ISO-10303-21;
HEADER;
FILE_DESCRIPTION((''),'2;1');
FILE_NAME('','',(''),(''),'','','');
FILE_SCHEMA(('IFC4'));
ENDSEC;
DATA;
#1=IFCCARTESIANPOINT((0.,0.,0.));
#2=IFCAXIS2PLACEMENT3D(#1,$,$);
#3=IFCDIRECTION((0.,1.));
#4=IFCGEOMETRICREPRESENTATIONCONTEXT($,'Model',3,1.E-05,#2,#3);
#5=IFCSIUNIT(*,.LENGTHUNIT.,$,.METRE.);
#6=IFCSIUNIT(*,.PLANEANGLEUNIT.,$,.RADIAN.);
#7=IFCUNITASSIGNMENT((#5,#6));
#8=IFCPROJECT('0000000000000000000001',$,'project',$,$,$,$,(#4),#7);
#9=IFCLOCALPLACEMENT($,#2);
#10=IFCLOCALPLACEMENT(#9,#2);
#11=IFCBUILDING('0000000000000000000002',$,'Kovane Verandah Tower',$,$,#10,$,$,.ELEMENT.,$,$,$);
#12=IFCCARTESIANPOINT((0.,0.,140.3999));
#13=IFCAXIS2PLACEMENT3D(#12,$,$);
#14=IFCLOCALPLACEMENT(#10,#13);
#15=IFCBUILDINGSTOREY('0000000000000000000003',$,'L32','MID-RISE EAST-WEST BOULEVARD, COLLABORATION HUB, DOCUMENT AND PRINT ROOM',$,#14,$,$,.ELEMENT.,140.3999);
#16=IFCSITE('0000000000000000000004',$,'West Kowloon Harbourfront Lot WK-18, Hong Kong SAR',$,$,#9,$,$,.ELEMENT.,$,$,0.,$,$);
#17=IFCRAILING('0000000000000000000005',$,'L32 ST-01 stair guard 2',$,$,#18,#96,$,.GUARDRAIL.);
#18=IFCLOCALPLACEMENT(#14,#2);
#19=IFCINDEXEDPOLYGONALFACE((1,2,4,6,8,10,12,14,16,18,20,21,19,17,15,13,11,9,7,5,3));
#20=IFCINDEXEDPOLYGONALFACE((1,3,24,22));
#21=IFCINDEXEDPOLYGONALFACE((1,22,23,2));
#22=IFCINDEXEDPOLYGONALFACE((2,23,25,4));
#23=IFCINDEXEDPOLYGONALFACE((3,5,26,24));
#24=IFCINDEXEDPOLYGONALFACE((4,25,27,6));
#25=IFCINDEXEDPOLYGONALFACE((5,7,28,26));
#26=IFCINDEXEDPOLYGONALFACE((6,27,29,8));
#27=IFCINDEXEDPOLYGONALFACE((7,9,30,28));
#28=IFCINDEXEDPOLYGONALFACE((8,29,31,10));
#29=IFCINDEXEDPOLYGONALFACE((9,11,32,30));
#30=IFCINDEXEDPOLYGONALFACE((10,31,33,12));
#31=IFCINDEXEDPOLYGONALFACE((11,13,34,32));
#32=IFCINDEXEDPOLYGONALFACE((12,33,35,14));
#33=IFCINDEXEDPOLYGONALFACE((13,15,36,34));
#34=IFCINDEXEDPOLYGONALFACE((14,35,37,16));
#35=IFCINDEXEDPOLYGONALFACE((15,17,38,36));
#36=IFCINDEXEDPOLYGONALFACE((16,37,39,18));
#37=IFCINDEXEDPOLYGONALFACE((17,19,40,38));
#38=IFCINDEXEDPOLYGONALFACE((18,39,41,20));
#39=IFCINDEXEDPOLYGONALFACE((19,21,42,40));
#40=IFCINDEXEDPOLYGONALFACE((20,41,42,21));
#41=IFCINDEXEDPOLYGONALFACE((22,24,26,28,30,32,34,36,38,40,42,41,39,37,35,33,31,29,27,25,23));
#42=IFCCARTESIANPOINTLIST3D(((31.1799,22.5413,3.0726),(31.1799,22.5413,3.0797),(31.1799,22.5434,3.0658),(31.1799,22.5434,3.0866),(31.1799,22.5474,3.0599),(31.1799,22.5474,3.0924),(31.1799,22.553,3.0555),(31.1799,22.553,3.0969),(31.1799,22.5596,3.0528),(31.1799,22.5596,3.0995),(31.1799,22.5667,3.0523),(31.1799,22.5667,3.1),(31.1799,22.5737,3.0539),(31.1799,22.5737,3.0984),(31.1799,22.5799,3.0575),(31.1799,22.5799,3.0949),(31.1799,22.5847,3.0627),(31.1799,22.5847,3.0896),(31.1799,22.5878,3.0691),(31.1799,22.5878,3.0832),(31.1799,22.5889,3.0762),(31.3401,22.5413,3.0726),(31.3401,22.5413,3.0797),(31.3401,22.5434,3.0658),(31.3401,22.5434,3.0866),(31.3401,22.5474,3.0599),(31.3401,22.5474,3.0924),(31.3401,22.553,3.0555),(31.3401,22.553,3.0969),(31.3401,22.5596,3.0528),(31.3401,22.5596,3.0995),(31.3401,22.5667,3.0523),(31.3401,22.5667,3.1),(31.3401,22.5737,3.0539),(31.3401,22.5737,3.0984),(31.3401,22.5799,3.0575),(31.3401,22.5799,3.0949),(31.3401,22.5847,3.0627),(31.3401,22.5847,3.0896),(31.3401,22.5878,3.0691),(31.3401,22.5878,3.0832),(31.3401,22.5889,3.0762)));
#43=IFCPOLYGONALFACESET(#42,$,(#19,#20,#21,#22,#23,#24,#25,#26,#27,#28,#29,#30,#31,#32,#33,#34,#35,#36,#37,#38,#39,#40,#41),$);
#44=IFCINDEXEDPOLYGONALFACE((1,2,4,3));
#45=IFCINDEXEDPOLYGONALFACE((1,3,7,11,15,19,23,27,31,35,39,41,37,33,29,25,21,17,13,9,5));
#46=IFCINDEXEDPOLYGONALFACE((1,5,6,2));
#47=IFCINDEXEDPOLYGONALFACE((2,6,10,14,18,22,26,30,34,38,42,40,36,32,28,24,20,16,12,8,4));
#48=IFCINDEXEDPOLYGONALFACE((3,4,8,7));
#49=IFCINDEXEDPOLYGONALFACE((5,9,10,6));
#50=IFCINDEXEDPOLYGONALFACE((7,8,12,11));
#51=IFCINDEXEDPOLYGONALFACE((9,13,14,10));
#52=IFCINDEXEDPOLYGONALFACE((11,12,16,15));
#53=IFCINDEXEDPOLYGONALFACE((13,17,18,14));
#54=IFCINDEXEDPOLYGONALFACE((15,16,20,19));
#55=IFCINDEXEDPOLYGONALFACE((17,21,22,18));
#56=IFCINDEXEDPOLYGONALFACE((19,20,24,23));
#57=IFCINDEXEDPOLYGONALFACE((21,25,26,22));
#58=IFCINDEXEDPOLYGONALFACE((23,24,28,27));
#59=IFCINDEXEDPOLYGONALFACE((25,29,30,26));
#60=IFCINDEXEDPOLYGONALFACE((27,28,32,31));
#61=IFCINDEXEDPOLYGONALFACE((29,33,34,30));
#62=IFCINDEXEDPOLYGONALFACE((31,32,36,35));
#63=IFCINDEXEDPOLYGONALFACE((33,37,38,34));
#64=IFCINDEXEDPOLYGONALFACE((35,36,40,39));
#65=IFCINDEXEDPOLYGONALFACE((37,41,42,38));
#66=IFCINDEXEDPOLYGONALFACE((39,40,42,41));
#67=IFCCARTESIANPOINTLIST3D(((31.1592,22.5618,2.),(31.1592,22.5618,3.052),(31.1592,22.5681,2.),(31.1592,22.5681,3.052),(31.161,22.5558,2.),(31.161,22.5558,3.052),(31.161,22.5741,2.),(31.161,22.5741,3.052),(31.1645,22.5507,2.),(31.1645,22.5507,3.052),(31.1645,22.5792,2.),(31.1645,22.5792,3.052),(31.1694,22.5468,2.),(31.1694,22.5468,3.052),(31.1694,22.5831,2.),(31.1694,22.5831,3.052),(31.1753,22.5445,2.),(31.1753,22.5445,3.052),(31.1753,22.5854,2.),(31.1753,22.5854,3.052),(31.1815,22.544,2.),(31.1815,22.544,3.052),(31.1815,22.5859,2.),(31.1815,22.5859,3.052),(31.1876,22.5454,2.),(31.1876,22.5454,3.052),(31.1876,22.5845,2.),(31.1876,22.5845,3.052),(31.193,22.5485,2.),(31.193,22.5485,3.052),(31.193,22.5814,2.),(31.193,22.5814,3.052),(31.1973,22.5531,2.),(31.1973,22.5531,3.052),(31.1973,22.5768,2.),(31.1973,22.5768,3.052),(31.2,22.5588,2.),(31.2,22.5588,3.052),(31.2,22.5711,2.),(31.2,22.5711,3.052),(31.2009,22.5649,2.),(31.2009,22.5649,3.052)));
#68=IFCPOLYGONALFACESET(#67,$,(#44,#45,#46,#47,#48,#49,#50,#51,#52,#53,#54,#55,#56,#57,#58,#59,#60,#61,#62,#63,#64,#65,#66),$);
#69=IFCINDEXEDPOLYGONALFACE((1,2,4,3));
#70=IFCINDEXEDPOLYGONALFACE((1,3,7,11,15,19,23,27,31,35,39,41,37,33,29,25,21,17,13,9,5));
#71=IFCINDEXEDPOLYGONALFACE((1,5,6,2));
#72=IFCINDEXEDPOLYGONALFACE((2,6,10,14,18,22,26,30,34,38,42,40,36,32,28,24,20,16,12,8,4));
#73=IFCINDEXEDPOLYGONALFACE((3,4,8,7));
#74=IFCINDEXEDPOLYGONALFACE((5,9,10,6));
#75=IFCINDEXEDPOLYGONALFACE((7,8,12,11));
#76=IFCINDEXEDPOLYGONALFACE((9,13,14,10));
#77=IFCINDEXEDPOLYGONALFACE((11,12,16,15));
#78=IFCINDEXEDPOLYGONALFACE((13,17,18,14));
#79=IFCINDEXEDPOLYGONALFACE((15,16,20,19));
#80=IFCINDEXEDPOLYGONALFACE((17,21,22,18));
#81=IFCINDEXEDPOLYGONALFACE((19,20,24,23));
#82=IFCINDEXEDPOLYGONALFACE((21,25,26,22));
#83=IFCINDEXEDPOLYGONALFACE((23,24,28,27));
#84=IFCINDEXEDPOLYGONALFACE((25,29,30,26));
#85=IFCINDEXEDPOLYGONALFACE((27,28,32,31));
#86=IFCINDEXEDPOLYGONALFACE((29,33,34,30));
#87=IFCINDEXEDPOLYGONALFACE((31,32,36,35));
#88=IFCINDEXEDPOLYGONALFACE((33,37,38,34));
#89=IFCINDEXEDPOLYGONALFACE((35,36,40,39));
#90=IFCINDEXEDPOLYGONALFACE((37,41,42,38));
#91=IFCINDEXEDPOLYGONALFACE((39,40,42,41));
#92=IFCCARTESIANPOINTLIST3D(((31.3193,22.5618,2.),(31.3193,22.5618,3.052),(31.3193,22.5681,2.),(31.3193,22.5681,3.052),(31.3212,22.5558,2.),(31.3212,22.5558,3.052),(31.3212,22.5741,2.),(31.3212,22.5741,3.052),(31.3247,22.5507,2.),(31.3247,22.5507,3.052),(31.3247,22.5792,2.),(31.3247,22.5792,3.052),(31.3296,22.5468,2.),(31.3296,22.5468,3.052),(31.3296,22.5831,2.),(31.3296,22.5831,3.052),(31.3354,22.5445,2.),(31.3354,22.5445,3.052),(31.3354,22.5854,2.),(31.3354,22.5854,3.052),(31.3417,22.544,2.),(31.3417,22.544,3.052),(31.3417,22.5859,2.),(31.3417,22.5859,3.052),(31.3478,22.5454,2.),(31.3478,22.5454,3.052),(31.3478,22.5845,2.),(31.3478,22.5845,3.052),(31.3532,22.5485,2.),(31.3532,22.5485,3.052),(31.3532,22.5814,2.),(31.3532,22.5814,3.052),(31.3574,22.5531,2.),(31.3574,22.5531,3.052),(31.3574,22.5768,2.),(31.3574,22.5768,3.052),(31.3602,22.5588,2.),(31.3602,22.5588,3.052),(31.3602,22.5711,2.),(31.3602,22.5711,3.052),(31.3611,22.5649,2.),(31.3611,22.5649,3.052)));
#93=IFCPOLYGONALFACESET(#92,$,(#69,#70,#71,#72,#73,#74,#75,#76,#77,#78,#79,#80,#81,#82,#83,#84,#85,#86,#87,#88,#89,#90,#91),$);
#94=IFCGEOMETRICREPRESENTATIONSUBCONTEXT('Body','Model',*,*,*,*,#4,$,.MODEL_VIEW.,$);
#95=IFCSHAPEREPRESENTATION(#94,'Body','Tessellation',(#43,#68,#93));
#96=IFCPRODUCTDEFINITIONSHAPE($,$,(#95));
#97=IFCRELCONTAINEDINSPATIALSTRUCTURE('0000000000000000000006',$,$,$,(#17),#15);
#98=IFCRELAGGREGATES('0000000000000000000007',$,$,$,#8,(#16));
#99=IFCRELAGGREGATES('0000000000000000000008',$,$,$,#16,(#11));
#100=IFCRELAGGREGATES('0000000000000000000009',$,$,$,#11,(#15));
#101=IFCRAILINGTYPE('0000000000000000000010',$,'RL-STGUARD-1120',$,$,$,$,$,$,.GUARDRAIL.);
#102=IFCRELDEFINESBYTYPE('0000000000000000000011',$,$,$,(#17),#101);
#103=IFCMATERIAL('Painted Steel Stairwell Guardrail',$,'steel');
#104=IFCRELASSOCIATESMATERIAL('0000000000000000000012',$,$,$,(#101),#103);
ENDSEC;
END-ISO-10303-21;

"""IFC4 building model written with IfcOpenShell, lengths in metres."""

from ifc_helpers import new_model, si_unit, direction, frame, origin, origin_2d, place, context, subcontext, project, spatial, circle, extrude, material, type_object, element, save


model = new_model("IFC4")

# Units and contexts
model_context = context("Model", 3, precision=1e-05, world=origin(), true_north=direction((0.0, 1.0)))
body_context = subcontext(model_context, "Body", "Model", "MODEL_VIEW")
ifc_project = project(units=[si_unit("LENGTHUNIT", "METRE"), si_unit("PLANEANGLEUNIT", "RADIAN")], contexts=[model_context])

# Site, building, storey
site_placement = place(None, origin())
site = spatial("IfcSite", under=ifc_project, at=site_placement, Name="West Kowloon Harbourfront Lot WK-18, Hong Kong SAR", CompositionType="ELEMENT", RefElevation=0.0)
building_placement = place(site_placement, origin())
building = spatial("IfcBuilding", under=site, at=building_placement, Name="Kovane Verandah Tower", CompositionType="ELEMENT")
storey_placement = place(building_placement, frame((0.0, 0.0, 140.3999)))
storey = spatial("IfcBuildingStorey", under=building, at=storey_placement, Name="L32", Description="MID-RISE EAST-WEST BOULEVARD, COLLABORATION HUB, DOCUMENT AND PRINT ROOM", CompositionType="ELEMENT", Elevation=140.3999)

# Railing
ifc_material_1 = material(Name="Painted Steel Stairwell Guardrail", Category="steel")
railing_type_1 = type_object("IfcRailingType", Name="RL-STGUARD-1120", PredefinedType="GUARDRAIL", material=ifc_material_1)
railing_1_placement = place(storey_placement, frame((31.1799, 22.5649, 2.0)))
element("IfcRailing", 1, at=railing_1_placement, inside=storey, type_object=railing_type_1, Name="L32 ST-01 stair guard 2", PredefinedType="GUARDRAIL", context=body_context, shape_type="SweptSolid", body=[
    extrude(circle(Radius=0.0239, at=origin_2d()), frame((0.0, 0.0, 1.0762), z_axis=(1.0, 0.0, 0.0), x_axis=(0.0, 1.0, 0.0)), (0.0, 0.0, 1.0), 0.1602),
    extrude(circle(Radius=0.021, at=origin_2d()), origin(), (0.0, 0.0, 1.0), 1.052),
    extrude(circle(Radius=0.021, at=origin_2d()), frame((0.1602, 0.0, 0.0)), (0.0, 0.0, 1.0), 1.052),
])

save(model, "model.ifc")
